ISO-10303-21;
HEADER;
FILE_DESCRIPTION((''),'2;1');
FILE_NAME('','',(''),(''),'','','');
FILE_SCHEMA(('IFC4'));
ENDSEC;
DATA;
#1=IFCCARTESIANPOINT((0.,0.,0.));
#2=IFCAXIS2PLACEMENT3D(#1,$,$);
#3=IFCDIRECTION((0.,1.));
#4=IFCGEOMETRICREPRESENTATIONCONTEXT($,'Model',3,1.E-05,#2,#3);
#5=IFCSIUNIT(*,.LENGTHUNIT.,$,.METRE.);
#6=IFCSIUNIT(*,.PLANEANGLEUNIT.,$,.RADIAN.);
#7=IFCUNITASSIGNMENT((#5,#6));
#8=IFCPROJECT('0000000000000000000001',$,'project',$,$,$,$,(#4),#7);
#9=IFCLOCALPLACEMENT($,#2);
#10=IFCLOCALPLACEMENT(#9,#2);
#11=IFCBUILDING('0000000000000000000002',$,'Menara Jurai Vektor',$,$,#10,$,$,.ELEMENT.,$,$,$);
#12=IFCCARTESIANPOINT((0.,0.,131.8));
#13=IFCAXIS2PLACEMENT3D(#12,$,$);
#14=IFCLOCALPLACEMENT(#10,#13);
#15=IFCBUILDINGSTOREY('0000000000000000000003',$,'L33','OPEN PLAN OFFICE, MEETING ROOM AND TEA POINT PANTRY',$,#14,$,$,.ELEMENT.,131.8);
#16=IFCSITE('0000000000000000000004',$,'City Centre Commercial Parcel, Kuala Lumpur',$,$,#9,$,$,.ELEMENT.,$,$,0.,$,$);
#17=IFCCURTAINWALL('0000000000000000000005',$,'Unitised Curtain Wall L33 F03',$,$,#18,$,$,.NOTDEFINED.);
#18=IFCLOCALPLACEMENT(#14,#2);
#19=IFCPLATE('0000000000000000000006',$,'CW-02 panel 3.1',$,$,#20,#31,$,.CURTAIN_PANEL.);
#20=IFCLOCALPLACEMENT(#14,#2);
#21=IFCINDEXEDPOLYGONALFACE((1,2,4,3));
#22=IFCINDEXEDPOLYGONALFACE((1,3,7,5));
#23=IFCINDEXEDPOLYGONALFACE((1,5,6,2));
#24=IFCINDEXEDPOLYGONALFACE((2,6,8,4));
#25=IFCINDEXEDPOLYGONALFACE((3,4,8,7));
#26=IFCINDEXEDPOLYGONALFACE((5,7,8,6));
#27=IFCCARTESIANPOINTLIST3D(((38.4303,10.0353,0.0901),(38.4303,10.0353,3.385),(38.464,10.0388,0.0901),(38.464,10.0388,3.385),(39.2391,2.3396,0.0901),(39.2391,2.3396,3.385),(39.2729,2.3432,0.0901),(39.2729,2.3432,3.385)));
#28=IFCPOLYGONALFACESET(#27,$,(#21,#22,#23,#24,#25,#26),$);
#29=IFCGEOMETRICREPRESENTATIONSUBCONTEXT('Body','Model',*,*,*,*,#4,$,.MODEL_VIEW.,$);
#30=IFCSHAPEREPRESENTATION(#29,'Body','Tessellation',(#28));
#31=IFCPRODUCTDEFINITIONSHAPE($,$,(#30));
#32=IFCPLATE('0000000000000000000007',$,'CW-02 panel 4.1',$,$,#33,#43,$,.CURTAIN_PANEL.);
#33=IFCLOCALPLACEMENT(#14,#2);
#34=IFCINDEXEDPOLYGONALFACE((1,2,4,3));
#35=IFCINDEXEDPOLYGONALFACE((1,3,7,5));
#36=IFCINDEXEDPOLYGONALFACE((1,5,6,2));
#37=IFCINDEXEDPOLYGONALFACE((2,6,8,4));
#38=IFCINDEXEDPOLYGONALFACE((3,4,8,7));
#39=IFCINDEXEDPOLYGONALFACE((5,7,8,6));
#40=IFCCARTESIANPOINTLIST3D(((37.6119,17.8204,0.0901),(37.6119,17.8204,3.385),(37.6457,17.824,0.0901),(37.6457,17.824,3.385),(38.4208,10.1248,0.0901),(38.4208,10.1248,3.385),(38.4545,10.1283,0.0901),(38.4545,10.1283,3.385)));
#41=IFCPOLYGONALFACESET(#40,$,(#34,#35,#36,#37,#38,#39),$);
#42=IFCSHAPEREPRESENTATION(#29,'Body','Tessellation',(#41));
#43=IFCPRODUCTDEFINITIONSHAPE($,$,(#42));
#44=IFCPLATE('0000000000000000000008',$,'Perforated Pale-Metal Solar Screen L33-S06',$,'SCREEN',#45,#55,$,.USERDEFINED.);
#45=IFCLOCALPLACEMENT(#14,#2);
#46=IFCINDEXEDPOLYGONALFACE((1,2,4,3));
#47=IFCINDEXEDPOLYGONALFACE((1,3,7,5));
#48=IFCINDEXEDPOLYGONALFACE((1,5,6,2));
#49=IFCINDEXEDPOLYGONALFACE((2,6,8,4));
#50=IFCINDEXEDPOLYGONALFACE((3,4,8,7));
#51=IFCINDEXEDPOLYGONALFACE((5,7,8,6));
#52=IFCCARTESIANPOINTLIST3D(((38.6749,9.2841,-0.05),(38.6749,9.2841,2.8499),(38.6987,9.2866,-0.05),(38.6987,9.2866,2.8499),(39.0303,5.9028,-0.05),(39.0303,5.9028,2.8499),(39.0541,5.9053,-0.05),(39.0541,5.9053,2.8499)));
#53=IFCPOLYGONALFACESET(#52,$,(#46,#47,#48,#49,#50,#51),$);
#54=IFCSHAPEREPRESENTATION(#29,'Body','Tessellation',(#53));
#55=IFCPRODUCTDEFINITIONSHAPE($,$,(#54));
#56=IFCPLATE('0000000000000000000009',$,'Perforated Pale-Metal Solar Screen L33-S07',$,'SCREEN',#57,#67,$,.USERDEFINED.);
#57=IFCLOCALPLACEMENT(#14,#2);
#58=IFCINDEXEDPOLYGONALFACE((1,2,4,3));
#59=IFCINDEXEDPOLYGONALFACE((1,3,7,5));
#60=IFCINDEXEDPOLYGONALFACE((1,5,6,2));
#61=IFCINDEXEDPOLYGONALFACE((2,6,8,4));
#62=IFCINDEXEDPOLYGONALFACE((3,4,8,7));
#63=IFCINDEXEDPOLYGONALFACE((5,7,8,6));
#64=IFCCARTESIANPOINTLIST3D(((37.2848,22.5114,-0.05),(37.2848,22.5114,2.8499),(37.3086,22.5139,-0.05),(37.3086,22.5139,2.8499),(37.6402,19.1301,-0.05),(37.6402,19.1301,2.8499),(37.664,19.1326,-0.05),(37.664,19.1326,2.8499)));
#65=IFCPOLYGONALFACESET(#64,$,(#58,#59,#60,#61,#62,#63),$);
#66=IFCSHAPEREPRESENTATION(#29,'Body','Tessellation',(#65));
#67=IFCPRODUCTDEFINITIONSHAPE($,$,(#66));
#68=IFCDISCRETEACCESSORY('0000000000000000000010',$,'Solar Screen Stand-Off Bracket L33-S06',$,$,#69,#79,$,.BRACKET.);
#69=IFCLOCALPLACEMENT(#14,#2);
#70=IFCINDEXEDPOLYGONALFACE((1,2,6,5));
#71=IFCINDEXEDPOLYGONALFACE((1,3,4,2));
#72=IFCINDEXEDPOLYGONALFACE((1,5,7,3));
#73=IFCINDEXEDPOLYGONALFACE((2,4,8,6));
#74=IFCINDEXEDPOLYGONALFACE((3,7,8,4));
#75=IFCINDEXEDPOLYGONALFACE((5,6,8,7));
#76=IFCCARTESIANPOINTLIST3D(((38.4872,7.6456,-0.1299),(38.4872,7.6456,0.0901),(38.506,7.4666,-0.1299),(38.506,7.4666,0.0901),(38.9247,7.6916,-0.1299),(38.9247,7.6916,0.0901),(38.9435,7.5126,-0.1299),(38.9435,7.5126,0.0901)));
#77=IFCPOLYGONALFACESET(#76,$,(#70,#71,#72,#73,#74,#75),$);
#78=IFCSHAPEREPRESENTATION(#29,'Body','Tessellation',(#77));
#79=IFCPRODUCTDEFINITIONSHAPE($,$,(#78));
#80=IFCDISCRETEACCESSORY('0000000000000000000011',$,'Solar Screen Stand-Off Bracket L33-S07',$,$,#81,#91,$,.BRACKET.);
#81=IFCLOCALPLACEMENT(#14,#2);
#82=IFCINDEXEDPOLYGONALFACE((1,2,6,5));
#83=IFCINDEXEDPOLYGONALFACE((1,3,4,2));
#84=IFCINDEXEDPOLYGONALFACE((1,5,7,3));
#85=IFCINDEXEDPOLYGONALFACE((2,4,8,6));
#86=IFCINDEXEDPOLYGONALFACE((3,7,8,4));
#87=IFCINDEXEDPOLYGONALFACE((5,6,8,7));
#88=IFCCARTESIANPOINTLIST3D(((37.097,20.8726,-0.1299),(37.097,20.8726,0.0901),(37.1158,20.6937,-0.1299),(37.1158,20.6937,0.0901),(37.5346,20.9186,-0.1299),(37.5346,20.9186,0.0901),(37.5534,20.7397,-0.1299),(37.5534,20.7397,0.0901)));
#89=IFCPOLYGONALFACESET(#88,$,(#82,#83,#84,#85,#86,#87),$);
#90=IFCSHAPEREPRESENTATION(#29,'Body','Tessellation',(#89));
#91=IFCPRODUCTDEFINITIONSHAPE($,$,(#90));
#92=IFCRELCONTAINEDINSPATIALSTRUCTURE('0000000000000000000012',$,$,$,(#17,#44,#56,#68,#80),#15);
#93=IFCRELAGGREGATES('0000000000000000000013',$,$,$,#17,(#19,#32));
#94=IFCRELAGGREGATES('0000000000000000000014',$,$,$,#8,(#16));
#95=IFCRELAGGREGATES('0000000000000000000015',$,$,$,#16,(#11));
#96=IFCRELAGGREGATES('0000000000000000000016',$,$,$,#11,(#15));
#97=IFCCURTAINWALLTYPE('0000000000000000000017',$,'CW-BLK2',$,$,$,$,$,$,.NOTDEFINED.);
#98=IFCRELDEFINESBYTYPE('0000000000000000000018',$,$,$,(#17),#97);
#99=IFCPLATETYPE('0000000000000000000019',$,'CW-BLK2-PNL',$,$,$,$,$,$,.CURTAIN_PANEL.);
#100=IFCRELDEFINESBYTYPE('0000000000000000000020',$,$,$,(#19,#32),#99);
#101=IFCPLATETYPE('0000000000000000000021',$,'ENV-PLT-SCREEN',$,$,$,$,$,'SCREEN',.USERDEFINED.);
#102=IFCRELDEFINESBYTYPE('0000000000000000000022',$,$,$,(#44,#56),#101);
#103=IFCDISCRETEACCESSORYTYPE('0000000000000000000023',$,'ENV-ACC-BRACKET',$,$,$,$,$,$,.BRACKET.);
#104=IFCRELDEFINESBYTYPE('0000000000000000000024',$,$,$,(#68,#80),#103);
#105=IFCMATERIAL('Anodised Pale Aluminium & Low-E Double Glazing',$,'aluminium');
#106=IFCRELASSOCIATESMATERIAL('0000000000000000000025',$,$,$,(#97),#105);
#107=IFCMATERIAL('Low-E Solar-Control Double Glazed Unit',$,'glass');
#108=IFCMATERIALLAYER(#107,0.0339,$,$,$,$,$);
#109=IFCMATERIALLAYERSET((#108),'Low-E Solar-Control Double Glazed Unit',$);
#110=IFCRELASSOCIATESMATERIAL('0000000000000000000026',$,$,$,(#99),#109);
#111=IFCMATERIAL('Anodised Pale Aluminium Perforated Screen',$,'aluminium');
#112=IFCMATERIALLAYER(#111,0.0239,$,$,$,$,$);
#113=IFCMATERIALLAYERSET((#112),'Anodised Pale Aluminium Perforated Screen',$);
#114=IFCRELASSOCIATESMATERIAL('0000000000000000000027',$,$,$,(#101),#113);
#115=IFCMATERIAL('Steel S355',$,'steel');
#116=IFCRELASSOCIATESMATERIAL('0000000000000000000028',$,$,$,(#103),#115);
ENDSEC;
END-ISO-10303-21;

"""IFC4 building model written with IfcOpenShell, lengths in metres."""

from ifc_helpers import new_model, si_unit, direction, frame, origin, origin_2d, place, context, subcontext, project, spatial, rectangle, extrude, material, layer, layer_set, type_object, element, aggregate, save


model = new_model("IFC4")

# Units and contexts
model_context = context("Model", 3, precision=1e-05, world=origin(), true_north=direction((0.0, 1.0)))
body_context = subcontext(model_context, "Body", "Model", "MODEL_VIEW")
ifc_project = project(units=[si_unit("LENGTHUNIT", "METRE"), si_unit("PLANEANGLEUNIT", "RADIAN")], contexts=[model_context])

# Site, building, storey
site_placement = place(None, origin())
site = spatial("IfcSite", under=ifc_project, at=site_placement, Name="City Centre Commercial Parcel, Kuala Lumpur", CompositionType="ELEMENT", RefElevation=0.0)
building_placement = place(site_placement, origin())
building = spatial("IfcBuilding", under=site, at=building_placement, Name="Menara Jurai Vektor", CompositionType="ELEMENT")
storey_placement = place(building_placement, frame((0.0, 0.0, 131.8)))
storey = spatial("IfcBuildingStorey", under=building, at=storey_placement, Name="L33", Description="OPEN PLAN OFFICE, MEETING ROOM AND TEA POINT PANTRY", CompositionType="ELEMENT", Elevation=131.8)

# Curtain wall
ifc_material_1 = material(Name="Anodised Pale Aluminium & Low-E Double Glazing", Category="aluminium")
curtain_wall_type = type_object("IfcCurtainWallType", Name="CW-BLK2", PredefinedType="NOTDEFINED", material=ifc_material_1)
curtain_wall_placement = place(storey_placement, origin())
curtain_wall = element("IfcCurtainWall", 1, at=curtain_wall_placement, inside=storey, type_object=curtain_wall_type, Name="Unitised Curtain Wall L33 F03", PredefinedType="NOTDEFINED")

# Shared definitions
ifc_material_2 = material(Name="Steel S355", Category="steel")

# Plates
ifc_material_3 = material(Name="Low-E Solar-Control Double Glazed Unit", Category="glass")
ifc_layer_1 = layer(ifc_material_3, 0.0339)
ifc_layer_set_1 = layer_set([ifc_layer_1], Name="Low-E Solar-Control Double Glazed Unit")
plate_type_1 = type_object("IfcPlateType", Name="CW-BLK2-PNL", PredefinedType="CURTAIN_PANEL", material=ifc_layer_set_1)
plate_1_placement = place(storey_placement, frame((38.8516, 6.1892, 0.0901), z_axis=(0.0, 0.0, 1.0), x_axis=(-0.10453, 0.994522, 0.0)))
plate_1 = element("IfcPlate", 2, at=plate_1_placement, type_object=plate_type_1, Name="CW-02 panel 3.1", PredefinedType="CURTAIN_PANEL", context=body_context, shape_type="SweptSolid", body=[
    extrude(rectangle(XDim=7.738, YDim=0.0339, at=origin_2d()), origin(), (0.0, 0.0, 1.0), 3.2949),
])
plate_2_placement = place(storey_placement, frame((38.0332, 13.9744, 0.0901), z_axis=(0.0, 0.0, 1.0), x_axis=(-0.10453, 0.994522, 0.0)))
plate_2 = element("IfcPlate", 3, at=plate_2_placement, type_object=plate_type_1, Name="CW-02 panel 4.1", PredefinedType="CURTAIN_PANEL", context=body_context, shape_type="SweptSolid", body=[
    extrude(rectangle(XDim=7.738, YDim=0.0339, at=origin_2d()), origin(), (0.0, 0.0, 1.0), 3.2949),
])
aggregate(curtain_wall, [plate_1, plate_2])

# Plates
ifc_material_4 = material(Name="Anodised Pale Aluminium Perforated Screen", Category="aluminium")
ifc_layer_2 = layer(ifc_material_4, 0.0239)
ifc_layer_set_2 = layer_set([ifc_layer_2], Name="Anodised Pale Aluminium Perforated Screen")
plate_type_2 = type_object("IfcPlateType", Name="ENV-PLT-SCREEN", ElementType="SCREEN", PredefinedType="USERDEFINED", material=ifc_layer_set_2)
for number, where, z_axis, x_axis, name in (
    (4, (38.8645, 7.5947, -0.05), (0.0, 0.0, 1.0), (-0.104528, 0.994522, 0.0), "Perforated Pale-Metal Solar Screen L33-S06"),
    (5, (37.4744, 20.822, -0.05), (0.0, 0.0, 1.0), (-0.104528, 0.994522, 0.0), "Perforated Pale-Metal Solar Screen L33-S07"),
):
    element("IfcPlate", number, at=place(storey_placement, frame(where, z_axis=z_axis, x_axis=x_axis)), inside=storey, type_object=plate_type_2, Name=name, ObjectType="SCREEN", PredefinedType="USERDEFINED", context=body_context, shape_type="SweptSolid", body=[
        extrude(rectangle(XDim=3.3999, YDim=0.0239, at=origin_2d()), origin(), (0.0, 0.0, 1.0), 2.8999),
    ])

# Discrete accessories
discrete_accessory_type = type_object("IfcDiscreteAccessoryType", Name="ENV-ACC-BRACKET", PredefinedType="BRACKET", material=ifc_material_2)
for number, where, z_axis, x_axis, name in (
    (6, (38.7153, 7.5791, -0.1299), (0.0, 0.0, 1.0), (-0.104528, 0.994522, 0.0), "Solar Screen Stand-Off Bracket L33-S06"),
    (7, (37.3252, 20.8062, -0.1299), (0.0, 0.0, 1.0), (-0.104528, 0.994522, 0.0), "Solar Screen Stand-Off Bracket L33-S07"),
):
    element("IfcDiscreteAccessory", number, at=place(storey_placement, frame(where, z_axis=z_axis, x_axis=x_axis)), inside=storey, type_object=discrete_accessory_type, Name=name, PredefinedType="BRACKET", context=body_context, shape_type="SweptSolid", body=[
        extrude(rectangle(XDim=0.1799, YDim=0.4399, at=origin_2d()), origin(), (0.0, 0.0, 1.0), 0.22),
    ])

save(model, "model.ifc")
